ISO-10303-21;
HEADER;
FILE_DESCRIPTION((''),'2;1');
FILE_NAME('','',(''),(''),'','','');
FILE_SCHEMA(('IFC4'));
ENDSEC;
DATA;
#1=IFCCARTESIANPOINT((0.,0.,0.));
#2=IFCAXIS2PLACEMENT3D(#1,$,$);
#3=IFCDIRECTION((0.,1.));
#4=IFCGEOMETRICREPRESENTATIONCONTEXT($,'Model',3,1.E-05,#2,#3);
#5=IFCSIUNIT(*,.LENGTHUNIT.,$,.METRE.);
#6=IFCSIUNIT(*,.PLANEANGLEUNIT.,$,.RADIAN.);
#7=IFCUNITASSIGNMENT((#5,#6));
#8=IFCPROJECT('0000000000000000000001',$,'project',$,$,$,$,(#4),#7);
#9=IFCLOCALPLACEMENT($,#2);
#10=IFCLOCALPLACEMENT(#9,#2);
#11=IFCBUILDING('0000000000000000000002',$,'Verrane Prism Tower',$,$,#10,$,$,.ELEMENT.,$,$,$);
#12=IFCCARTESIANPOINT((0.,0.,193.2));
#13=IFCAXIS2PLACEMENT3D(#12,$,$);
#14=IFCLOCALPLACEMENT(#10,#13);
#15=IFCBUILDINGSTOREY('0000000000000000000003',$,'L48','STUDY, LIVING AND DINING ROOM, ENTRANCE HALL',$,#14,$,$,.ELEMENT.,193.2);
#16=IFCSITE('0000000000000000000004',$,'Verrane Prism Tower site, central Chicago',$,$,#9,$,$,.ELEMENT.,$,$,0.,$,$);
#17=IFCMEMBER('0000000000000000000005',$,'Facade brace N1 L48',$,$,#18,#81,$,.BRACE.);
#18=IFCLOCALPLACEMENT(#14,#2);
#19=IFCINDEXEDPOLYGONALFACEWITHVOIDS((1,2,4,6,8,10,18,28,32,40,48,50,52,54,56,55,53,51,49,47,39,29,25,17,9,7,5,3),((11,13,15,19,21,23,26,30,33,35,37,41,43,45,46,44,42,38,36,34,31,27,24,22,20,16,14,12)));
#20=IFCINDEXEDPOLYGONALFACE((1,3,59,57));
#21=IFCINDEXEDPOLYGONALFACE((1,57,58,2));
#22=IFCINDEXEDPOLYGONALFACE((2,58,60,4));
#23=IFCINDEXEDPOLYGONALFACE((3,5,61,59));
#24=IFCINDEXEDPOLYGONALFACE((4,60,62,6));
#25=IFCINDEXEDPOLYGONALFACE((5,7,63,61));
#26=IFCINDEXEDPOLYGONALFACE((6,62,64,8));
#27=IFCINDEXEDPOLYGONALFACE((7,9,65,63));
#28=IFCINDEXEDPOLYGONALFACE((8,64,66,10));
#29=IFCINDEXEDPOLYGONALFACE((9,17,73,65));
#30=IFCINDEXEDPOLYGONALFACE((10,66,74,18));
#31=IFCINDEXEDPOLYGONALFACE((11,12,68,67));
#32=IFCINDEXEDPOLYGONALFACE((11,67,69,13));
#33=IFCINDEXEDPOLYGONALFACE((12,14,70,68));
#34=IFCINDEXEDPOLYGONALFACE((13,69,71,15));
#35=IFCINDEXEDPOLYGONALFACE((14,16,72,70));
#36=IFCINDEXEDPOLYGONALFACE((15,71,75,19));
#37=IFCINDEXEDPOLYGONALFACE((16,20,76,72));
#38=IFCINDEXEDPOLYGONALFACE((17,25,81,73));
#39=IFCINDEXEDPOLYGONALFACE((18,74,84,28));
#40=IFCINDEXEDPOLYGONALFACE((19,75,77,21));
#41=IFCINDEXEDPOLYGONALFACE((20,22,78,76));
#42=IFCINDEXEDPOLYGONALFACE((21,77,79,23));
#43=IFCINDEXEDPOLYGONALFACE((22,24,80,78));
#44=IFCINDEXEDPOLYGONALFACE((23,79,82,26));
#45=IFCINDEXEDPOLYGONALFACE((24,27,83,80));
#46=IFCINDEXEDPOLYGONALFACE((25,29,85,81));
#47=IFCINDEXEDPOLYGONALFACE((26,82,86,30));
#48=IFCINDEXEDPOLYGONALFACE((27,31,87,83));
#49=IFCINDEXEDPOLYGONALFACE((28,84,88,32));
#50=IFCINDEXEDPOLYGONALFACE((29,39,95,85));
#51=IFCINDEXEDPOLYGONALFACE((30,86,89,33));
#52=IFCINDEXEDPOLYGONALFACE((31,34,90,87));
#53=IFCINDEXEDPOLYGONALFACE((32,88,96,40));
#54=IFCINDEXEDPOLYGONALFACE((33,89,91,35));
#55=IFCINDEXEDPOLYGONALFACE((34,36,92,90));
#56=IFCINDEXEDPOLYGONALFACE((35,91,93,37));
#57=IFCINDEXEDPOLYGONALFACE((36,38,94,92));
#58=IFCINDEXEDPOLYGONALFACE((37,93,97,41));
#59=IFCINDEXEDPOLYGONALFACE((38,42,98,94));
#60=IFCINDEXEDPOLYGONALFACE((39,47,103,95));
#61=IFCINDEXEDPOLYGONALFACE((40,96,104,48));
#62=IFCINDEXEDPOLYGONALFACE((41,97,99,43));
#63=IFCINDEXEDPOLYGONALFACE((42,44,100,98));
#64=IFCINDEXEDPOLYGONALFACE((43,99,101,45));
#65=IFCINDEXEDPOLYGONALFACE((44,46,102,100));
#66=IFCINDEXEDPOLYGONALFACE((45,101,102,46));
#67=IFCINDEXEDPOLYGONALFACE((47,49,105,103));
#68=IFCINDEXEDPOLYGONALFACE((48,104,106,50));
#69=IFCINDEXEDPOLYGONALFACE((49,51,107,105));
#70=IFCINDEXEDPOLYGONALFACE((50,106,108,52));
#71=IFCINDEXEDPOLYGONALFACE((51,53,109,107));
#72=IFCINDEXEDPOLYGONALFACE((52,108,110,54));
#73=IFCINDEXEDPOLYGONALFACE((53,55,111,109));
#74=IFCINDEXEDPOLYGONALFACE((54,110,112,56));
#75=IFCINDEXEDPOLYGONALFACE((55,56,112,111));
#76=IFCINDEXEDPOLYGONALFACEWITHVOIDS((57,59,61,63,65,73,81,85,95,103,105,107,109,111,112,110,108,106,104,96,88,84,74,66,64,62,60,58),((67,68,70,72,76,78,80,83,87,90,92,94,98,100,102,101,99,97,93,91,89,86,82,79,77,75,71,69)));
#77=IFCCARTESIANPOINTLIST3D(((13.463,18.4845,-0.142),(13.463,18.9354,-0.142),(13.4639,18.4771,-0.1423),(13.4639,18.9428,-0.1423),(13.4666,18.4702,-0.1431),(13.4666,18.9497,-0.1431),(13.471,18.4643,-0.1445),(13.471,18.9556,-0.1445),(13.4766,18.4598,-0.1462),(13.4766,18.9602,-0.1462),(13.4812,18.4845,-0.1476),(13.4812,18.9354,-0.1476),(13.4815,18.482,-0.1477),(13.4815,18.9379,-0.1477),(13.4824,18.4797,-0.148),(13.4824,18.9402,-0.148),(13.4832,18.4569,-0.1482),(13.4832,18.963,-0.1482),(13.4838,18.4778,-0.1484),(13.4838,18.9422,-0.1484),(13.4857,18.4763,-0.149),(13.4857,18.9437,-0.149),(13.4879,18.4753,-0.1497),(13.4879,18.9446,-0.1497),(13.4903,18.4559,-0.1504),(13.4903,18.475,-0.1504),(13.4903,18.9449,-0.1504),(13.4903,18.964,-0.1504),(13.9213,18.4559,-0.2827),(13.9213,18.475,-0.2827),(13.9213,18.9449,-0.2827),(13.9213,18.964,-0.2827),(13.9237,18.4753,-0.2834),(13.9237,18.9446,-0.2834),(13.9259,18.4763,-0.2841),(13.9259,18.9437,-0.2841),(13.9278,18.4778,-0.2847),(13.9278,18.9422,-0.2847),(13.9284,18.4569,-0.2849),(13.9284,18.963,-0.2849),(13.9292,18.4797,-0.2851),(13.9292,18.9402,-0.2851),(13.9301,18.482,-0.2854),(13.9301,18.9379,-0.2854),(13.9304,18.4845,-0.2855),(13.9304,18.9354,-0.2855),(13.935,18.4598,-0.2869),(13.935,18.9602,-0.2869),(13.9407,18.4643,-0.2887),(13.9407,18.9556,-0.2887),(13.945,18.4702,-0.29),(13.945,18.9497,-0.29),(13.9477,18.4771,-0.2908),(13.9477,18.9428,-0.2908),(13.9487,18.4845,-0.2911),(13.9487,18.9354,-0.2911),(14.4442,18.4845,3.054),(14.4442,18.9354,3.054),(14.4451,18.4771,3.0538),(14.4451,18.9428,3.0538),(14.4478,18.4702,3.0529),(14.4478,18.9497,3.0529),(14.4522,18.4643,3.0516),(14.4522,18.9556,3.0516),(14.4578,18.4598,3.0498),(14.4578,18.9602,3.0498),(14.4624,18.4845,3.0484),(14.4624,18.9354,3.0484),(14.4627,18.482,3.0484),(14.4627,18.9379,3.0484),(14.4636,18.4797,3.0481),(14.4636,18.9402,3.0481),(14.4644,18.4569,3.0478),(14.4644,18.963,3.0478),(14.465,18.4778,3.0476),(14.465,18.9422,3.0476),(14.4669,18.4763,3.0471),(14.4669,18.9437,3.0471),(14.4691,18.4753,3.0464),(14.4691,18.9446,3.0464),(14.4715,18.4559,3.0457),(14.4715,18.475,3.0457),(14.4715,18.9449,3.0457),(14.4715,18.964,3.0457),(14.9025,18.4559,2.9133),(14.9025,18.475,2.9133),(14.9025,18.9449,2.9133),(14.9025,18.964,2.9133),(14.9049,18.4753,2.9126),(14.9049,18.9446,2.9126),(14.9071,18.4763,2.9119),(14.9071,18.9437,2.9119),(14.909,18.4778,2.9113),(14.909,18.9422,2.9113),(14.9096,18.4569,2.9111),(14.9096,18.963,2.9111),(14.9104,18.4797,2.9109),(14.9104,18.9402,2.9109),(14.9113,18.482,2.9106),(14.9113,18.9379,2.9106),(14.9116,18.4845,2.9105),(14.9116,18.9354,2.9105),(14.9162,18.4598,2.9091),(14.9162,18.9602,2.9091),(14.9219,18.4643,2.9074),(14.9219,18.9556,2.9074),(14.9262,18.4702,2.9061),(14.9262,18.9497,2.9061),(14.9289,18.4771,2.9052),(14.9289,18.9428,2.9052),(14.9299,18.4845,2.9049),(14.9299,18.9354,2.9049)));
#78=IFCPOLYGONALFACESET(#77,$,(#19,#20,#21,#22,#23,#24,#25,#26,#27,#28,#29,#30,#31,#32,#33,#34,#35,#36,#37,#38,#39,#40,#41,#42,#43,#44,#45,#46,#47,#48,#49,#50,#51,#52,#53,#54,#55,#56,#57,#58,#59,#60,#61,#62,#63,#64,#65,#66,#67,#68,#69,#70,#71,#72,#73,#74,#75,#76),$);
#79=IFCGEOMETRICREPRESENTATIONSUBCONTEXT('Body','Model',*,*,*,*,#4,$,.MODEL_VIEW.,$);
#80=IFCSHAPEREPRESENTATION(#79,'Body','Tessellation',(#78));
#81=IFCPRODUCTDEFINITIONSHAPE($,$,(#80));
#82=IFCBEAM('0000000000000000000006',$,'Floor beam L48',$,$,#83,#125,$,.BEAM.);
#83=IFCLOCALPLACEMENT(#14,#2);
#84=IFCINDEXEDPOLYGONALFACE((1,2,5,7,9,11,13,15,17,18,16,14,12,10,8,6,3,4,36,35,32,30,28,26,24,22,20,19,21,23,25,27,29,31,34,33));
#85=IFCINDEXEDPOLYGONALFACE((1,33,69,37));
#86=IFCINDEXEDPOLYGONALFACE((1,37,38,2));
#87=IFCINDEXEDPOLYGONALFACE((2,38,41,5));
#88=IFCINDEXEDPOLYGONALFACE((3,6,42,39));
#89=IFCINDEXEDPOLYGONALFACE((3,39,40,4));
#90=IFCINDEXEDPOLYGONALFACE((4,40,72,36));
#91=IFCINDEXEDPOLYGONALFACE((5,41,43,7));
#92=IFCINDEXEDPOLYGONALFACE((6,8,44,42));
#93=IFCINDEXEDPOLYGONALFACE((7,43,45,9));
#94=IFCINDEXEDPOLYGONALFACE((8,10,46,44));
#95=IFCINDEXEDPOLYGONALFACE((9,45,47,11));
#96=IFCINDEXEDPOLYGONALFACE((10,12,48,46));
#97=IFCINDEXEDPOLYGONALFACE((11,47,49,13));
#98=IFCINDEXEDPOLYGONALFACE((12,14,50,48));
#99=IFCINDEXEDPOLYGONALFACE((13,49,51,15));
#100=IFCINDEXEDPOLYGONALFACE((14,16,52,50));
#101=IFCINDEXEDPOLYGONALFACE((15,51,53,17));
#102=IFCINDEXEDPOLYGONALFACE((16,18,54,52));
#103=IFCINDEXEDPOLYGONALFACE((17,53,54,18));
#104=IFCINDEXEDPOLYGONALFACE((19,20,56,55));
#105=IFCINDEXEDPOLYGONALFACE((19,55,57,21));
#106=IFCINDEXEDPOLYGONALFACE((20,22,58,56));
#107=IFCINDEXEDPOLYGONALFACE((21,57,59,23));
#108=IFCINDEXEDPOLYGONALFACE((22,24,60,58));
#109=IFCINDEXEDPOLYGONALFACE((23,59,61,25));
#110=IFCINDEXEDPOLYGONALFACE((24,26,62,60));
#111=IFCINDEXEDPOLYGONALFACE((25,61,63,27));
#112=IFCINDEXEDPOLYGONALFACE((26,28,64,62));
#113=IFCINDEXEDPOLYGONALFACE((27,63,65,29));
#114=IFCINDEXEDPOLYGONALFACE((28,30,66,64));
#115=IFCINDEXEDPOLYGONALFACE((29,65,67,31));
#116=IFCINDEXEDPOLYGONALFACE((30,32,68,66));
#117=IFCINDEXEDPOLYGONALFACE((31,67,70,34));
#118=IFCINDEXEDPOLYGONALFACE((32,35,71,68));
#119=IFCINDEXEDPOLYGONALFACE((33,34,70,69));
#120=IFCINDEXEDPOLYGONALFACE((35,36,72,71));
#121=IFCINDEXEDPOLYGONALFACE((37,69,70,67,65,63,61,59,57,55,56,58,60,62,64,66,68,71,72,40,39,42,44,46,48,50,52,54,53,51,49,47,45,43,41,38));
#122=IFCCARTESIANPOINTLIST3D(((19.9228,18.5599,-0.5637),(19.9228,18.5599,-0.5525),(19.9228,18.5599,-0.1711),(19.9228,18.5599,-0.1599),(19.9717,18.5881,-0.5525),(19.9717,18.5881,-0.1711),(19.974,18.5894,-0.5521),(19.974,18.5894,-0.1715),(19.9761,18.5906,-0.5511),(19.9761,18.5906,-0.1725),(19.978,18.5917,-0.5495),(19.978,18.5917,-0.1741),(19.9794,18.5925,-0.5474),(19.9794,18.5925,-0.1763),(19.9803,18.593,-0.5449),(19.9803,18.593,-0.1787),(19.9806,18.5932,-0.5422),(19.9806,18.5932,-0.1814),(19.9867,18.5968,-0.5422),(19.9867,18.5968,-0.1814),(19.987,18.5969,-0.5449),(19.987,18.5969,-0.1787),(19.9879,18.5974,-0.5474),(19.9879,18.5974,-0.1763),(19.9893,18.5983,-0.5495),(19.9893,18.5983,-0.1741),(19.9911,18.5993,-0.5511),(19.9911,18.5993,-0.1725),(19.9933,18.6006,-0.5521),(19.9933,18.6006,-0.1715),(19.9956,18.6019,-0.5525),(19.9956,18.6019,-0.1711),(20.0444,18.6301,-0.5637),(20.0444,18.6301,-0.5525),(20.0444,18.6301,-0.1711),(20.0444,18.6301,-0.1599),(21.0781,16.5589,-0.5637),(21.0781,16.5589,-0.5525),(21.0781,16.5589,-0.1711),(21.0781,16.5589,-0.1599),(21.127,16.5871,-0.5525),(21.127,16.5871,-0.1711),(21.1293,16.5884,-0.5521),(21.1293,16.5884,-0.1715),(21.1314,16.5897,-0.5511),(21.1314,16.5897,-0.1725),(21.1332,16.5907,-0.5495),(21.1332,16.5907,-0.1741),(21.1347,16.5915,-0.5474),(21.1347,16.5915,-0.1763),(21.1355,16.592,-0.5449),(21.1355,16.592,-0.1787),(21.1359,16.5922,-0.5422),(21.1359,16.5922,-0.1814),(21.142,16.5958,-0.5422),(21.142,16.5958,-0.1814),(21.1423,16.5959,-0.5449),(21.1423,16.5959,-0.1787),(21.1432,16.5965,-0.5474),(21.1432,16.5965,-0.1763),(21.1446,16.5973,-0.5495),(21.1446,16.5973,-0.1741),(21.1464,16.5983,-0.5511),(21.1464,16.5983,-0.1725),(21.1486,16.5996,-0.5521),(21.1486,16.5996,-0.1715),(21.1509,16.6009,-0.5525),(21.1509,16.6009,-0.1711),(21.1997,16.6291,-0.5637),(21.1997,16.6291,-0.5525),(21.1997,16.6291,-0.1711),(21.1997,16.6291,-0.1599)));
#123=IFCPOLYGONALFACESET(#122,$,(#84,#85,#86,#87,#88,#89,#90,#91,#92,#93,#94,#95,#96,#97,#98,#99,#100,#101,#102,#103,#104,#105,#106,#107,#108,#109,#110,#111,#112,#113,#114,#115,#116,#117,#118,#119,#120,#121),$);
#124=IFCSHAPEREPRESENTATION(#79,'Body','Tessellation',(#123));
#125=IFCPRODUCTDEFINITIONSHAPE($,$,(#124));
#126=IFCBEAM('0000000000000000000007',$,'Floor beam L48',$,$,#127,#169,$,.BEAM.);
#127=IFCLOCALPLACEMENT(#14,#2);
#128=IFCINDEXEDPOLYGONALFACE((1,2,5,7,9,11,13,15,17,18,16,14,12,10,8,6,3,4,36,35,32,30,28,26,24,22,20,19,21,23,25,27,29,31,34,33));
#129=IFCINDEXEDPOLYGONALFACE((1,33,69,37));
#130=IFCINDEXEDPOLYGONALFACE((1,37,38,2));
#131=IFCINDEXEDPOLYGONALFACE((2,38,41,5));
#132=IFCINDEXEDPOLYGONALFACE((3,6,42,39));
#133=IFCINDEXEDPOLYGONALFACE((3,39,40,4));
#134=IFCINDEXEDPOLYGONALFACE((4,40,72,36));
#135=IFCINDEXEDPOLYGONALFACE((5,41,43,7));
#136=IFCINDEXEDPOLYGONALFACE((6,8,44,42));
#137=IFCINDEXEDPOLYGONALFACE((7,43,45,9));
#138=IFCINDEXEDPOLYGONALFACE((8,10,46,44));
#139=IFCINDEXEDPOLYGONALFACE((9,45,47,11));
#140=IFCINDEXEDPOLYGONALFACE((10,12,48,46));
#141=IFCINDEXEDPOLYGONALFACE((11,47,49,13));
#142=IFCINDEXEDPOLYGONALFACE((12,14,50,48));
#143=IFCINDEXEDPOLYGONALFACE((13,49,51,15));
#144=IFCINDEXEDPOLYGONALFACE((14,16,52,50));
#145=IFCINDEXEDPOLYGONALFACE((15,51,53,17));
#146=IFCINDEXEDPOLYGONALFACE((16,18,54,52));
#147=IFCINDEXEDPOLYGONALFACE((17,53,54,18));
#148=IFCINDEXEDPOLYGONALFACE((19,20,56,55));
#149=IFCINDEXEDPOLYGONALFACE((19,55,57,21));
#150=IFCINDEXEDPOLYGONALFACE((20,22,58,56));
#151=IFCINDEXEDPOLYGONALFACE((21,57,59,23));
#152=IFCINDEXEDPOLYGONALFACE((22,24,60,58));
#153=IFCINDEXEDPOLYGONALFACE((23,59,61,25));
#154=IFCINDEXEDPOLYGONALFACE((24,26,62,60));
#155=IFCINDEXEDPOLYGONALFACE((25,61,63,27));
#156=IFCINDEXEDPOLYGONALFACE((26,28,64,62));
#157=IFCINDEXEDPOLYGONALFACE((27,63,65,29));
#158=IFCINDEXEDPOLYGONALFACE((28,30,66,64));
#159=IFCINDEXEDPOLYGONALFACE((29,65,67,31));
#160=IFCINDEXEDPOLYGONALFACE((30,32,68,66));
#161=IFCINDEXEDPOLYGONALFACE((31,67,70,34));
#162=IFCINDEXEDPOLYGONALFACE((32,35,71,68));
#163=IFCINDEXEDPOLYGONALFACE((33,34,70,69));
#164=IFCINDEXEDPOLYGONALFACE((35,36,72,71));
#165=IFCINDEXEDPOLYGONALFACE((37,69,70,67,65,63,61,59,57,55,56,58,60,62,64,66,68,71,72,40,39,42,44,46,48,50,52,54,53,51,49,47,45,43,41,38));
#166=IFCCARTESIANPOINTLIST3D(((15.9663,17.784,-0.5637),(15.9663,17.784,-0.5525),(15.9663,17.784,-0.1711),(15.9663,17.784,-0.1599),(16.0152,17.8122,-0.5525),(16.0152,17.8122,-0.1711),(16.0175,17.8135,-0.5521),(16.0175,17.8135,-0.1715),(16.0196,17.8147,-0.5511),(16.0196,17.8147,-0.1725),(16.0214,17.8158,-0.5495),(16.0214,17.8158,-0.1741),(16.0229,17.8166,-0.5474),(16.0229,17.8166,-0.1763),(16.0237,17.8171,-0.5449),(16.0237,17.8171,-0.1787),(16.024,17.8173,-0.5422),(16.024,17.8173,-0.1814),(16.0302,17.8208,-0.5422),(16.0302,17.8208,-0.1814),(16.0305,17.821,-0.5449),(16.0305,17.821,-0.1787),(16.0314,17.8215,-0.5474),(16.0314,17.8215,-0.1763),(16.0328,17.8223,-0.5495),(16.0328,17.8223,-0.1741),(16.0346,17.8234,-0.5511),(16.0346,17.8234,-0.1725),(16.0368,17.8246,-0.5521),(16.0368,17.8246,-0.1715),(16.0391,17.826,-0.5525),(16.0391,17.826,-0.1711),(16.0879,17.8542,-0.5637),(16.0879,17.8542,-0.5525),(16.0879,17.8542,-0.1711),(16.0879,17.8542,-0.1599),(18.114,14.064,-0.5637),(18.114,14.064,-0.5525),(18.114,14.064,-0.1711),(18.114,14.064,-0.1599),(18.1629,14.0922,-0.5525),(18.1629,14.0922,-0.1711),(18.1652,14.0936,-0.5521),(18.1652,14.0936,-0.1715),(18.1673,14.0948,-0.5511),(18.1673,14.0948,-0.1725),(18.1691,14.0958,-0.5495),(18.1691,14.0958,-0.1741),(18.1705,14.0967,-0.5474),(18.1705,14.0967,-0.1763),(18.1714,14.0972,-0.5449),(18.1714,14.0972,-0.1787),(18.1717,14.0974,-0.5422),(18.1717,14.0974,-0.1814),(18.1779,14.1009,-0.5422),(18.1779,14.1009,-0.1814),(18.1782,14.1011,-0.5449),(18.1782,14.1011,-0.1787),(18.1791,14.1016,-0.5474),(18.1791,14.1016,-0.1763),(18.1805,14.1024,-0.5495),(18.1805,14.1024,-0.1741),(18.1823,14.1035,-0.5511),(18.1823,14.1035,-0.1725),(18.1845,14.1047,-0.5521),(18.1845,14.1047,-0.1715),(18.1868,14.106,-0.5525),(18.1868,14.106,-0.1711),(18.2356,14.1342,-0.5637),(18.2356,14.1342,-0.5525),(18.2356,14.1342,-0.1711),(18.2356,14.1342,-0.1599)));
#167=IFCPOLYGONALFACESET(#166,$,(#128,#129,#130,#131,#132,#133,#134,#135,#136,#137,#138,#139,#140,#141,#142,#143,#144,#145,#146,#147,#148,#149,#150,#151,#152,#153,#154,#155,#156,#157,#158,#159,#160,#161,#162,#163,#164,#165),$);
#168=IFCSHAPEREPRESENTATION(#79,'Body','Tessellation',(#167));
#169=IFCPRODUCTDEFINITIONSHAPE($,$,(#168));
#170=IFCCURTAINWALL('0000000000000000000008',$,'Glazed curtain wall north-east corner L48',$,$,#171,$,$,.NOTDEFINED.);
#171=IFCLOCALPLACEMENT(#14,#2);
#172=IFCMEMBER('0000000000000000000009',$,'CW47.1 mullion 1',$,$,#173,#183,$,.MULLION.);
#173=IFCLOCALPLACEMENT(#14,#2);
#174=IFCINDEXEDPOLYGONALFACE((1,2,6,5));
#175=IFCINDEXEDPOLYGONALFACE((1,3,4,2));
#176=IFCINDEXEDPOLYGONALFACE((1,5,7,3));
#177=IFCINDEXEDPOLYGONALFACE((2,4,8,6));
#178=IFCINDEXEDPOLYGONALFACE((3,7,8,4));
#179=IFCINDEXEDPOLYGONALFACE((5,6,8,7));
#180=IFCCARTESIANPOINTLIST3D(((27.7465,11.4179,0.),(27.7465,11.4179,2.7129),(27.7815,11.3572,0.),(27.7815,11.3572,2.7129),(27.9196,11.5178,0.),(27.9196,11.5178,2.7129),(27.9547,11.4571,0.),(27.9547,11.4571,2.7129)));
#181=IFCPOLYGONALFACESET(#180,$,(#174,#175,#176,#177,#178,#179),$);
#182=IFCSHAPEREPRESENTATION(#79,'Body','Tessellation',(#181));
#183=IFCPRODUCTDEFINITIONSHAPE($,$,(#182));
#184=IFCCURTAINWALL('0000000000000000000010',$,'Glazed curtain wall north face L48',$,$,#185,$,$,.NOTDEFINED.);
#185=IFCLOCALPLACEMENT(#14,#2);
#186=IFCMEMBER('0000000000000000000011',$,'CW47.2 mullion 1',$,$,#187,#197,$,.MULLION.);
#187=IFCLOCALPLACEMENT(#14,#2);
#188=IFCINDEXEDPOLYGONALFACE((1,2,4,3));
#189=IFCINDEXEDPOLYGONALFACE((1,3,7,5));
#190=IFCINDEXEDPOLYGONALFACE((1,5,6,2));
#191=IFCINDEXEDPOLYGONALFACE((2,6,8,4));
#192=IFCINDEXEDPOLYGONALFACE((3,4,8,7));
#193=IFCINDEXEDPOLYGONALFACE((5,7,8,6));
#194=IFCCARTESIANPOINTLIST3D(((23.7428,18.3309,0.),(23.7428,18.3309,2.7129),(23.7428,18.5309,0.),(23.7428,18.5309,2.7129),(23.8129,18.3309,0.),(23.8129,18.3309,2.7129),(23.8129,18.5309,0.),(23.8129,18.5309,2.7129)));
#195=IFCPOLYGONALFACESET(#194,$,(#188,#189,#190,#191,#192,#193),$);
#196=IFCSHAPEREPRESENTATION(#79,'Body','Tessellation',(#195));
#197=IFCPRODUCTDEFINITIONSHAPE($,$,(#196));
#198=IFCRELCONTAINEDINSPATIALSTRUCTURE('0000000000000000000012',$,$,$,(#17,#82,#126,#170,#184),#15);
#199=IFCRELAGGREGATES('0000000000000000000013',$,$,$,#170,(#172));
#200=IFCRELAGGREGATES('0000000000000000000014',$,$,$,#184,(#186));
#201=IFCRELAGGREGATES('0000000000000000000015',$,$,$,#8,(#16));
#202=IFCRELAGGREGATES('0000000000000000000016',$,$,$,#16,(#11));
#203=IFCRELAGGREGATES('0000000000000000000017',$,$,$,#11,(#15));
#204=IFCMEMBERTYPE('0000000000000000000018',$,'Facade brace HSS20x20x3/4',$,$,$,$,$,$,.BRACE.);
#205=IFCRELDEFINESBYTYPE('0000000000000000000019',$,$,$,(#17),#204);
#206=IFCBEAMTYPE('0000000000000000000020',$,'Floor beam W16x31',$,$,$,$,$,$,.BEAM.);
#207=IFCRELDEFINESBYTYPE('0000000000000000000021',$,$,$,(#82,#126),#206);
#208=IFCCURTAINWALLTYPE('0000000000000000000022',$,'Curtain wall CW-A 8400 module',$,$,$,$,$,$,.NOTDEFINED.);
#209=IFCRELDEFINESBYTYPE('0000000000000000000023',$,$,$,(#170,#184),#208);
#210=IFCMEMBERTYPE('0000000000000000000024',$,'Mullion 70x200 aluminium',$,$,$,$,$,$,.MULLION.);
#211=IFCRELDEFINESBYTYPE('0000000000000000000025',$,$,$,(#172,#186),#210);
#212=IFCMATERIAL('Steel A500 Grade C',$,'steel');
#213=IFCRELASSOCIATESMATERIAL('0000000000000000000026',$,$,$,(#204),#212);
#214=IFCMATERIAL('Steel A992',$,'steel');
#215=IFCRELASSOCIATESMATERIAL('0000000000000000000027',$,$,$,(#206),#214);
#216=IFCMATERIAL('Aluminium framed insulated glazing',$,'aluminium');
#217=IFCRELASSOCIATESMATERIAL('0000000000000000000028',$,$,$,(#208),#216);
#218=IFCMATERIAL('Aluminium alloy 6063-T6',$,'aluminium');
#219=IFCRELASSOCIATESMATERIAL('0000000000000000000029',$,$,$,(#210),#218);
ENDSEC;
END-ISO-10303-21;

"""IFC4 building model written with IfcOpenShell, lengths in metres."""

from ifc_helpers import new_model, si_unit, direction, frame, origin, origin_2d, place, context, subcontext, project, spatial, rectangle, hollow_rectangle, i_section, extrude, material, material_profile, profile_set, type_object, element, aggregate, save


model = new_model("IFC4")

# Units and contexts
model_context = context("Model", 3, precision=1e-05, world=origin(), true_north=direction((0.0, 1.0)))
body_context = subcontext(model_context, "Body", "Model", "MODEL_VIEW")
ifc_project = project(units=[si_unit("LENGTHUNIT", "METRE"), si_unit("PLANEANGLEUNIT", "RADIAN")], contexts=[model_context])

# Site, building, storey
site_placement = place(None, origin())
site = spatial("IfcSite", under=ifc_project, at=site_placement, Name="Verrane Prism Tower site, central Chicago", CompositionType="ELEMENT", RefElevation=0.0)
building_placement = place(site_placement, origin())
building = spatial("IfcBuilding", under=site, at=building_placement, Name="Verrane Prism Tower", CompositionType="ELEMENT")
storey_placement = place(building_placement, frame((0.0, 0.0, 193.2)))
storey = spatial("IfcBuildingStorey", under=building, at=storey_placement, Name="L48", Description="STUDY, LIVING AND DINING ROOM, ENTRANCE HALL", CompositionType="ELEMENT", Elevation=193.2)

# Member
ifc_material_1 = material(Name="Steel A500 Grade C", Category="steel")
ifc_material_profile_1 = material_profile(ifc_material_1, hollow_rectangle(XDim=0.5081, YDim=0.5081, WallThickness=0.019, InnerFilletRadius=0.0095, OuterFilletRadius=0.0286, at=origin_2d()), Name="HSS20x20x3/4")
ifc_profile_set_1 = profile_set([ifc_material_profile_1], Name="Steel A500 Grade C")
member_type_1 = type_object("IfcMemberType", Name="Facade brace HSS20x20x3/4", PredefinedType="BRACE", material=ifc_profile_set_1)
member_1_placement = place(storey_placement, frame((13.7058, 18.71, -0.2166), z_axis=(0.293485, 0.0, 0.955964), x_axis=(0.0, 1.0, 0.0)))
element("IfcMember", 1, at=member_1_placement, inside=storey, type_object=member_type_1, Name="Facade brace N1 L48", PredefinedType="BRACE", context=body_context, shape_type="SweptSolid", body=[
    extrude(hollow_rectangle(XDim=0.5081, YDim=0.5081, WallThickness=0.019, InnerFilletRadius=0.0095, OuterFilletRadius=0.0286, at=origin_2d()), origin(), (0.0, 0.0, 1.0), 3.3433),
])

# Beams
ifc_material_2 = material(Name="Steel A992", Category="steel")
ifc_material_profile_2 = material_profile(ifc_material_2, i_section(OverallWidth=0.1404, OverallDepth=0.4038, WebThickness=0.0071, FlangeThickness=0.0112, FilletRadius=0.0103, at=origin_2d()), Name="W16x31")
ifc_profile_set_2 = profile_set([ifc_material_profile_2], Name="Steel A992")
beam_type_1 = type_object("IfcBeamType", Name="Floor beam W16x31", PredefinedType="BEAM", material=ifc_profile_set_2)
beam_1_placement = place(storey_placement, frame((21.1389, 16.594, -0.3618), z_axis=(-0.500003, 0.866024, 0.0), x_axis=(-0.866024, -0.500003, 0.0)))
element("IfcBeam", 2, at=beam_1_placement, inside=storey, type_object=beam_type_1, Name="Floor beam L48", PredefinedType="BEAM", context=body_context, shape_type="SweptSolid", body=[
    extrude(i_section(OverallWidth=0.1404, OverallDepth=0.4038, WebThickness=0.0071, FlangeThickness=0.0112, FilletRadius=0.0103, at=origin_2d()), origin(), (0.0, 0.0, 1.0), 2.3105),
])
beam_2_placement = place(storey_placement, frame((18.1748, 14.0991, -0.3618), z_axis=(-0.499996, 0.866028, 0.0), x_axis=(-0.866028, -0.499996, 0.0)))
element("IfcBeam", 3, at=beam_2_placement, inside=storey, type_object=beam_type_1, Name="Floor beam L48", PredefinedType="BEAM", context=body_context, shape_type="SweptSolid", body=[
    extrude(i_section(OverallWidth=0.1404, OverallDepth=0.4038, WebThickness=0.0071, FlangeThickness=0.0112, FilletRadius=0.0103, at=origin_2d()), origin(), (0.0, 0.0, 1.0), 4.2954),
])

# Curtain wall, member
ifc_material_3 = material(Name="Aluminium framed insulated glazing", Category="aluminium")
curtain_wall_type = type_object("IfcCurtainWallType", Name="Curtain wall CW-A 8400 module", PredefinedType="NOTDEFINED", material=ifc_material_3)
curtain_wall_1_placement = place(storey_placement, origin())
curtain_wall_1 = element("IfcCurtainWall", 4, at=curtain_wall_1_placement, inside=storey, type_object=curtain_wall_type, Name="Glazed curtain wall north-east corner L48", PredefinedType="NOTDEFINED")
ifc_material_4 = material(Name="Aluminium alloy 6063-T6", Category="aluminium")
ifc_material_profile_3 = material_profile(ifc_material_4, rectangle(XDim=0.2, YDim=0.0701, at=origin_2d()), Name="Mullion 70x200 aluminium")
ifc_profile_set_3 = profile_set([ifc_material_profile_3], Name="Aluminium alloy 6063-T6")
member_type_2 = type_object("IfcMemberType", Name="Mullion 70x200 aluminium", PredefinedType="MULLION", material=ifc_profile_set_3)
member_2_placement = place(storey_placement, frame((27.8506, 11.4375, 0.0), z_axis=(0.0, 0.0, 1.0), x_axis=(-0.866023, -0.500005, 0.0)))
member_2 = element("IfcMember", 5, at=member_2_placement, type_object=member_type_2, Name="CW47.1 mullion 1", PredefinedType="MULLION", context=body_context, shape_type="SweptSolid", body=[
    extrude(rectangle(XDim=0.2, YDim=0.0701, at=origin_2d()), origin(), (0.0, 0.0, 1.0), 2.7129),
])

# Curtain wall, member
curtain_wall_2_placement = place(storey_placement, origin())
curtain_wall_2 = element("IfcCurtainWall", 6, at=curtain_wall_2_placement, inside=storey, type_object=curtain_wall_type, Name="Glazed curtain wall north face L48", PredefinedType="NOTDEFINED")
member_3_placement = place(storey_placement, frame((23.7778, 18.4309, 0.0), z_axis=(0.0, 0.0, 1.0), x_axis=(0.0, -1.0, 0.0)))
member_3 = element("IfcMember", 7, at=member_3_placement, type_object=member_type_2, Name="CW47.2 mullion 1", PredefinedType="MULLION", context=body_context, shape_type="SweptSolid", body=[
    extrude(rectangle(XDim=0.2, YDim=0.0701, at=origin_2d()), origin(), (0.0, 0.0, 1.0), 2.7129),
])

aggregate(curtain_wall_1, [member_2])
aggregate(curtain_wall_2, [member_3])

save(model, "model.ifc")
